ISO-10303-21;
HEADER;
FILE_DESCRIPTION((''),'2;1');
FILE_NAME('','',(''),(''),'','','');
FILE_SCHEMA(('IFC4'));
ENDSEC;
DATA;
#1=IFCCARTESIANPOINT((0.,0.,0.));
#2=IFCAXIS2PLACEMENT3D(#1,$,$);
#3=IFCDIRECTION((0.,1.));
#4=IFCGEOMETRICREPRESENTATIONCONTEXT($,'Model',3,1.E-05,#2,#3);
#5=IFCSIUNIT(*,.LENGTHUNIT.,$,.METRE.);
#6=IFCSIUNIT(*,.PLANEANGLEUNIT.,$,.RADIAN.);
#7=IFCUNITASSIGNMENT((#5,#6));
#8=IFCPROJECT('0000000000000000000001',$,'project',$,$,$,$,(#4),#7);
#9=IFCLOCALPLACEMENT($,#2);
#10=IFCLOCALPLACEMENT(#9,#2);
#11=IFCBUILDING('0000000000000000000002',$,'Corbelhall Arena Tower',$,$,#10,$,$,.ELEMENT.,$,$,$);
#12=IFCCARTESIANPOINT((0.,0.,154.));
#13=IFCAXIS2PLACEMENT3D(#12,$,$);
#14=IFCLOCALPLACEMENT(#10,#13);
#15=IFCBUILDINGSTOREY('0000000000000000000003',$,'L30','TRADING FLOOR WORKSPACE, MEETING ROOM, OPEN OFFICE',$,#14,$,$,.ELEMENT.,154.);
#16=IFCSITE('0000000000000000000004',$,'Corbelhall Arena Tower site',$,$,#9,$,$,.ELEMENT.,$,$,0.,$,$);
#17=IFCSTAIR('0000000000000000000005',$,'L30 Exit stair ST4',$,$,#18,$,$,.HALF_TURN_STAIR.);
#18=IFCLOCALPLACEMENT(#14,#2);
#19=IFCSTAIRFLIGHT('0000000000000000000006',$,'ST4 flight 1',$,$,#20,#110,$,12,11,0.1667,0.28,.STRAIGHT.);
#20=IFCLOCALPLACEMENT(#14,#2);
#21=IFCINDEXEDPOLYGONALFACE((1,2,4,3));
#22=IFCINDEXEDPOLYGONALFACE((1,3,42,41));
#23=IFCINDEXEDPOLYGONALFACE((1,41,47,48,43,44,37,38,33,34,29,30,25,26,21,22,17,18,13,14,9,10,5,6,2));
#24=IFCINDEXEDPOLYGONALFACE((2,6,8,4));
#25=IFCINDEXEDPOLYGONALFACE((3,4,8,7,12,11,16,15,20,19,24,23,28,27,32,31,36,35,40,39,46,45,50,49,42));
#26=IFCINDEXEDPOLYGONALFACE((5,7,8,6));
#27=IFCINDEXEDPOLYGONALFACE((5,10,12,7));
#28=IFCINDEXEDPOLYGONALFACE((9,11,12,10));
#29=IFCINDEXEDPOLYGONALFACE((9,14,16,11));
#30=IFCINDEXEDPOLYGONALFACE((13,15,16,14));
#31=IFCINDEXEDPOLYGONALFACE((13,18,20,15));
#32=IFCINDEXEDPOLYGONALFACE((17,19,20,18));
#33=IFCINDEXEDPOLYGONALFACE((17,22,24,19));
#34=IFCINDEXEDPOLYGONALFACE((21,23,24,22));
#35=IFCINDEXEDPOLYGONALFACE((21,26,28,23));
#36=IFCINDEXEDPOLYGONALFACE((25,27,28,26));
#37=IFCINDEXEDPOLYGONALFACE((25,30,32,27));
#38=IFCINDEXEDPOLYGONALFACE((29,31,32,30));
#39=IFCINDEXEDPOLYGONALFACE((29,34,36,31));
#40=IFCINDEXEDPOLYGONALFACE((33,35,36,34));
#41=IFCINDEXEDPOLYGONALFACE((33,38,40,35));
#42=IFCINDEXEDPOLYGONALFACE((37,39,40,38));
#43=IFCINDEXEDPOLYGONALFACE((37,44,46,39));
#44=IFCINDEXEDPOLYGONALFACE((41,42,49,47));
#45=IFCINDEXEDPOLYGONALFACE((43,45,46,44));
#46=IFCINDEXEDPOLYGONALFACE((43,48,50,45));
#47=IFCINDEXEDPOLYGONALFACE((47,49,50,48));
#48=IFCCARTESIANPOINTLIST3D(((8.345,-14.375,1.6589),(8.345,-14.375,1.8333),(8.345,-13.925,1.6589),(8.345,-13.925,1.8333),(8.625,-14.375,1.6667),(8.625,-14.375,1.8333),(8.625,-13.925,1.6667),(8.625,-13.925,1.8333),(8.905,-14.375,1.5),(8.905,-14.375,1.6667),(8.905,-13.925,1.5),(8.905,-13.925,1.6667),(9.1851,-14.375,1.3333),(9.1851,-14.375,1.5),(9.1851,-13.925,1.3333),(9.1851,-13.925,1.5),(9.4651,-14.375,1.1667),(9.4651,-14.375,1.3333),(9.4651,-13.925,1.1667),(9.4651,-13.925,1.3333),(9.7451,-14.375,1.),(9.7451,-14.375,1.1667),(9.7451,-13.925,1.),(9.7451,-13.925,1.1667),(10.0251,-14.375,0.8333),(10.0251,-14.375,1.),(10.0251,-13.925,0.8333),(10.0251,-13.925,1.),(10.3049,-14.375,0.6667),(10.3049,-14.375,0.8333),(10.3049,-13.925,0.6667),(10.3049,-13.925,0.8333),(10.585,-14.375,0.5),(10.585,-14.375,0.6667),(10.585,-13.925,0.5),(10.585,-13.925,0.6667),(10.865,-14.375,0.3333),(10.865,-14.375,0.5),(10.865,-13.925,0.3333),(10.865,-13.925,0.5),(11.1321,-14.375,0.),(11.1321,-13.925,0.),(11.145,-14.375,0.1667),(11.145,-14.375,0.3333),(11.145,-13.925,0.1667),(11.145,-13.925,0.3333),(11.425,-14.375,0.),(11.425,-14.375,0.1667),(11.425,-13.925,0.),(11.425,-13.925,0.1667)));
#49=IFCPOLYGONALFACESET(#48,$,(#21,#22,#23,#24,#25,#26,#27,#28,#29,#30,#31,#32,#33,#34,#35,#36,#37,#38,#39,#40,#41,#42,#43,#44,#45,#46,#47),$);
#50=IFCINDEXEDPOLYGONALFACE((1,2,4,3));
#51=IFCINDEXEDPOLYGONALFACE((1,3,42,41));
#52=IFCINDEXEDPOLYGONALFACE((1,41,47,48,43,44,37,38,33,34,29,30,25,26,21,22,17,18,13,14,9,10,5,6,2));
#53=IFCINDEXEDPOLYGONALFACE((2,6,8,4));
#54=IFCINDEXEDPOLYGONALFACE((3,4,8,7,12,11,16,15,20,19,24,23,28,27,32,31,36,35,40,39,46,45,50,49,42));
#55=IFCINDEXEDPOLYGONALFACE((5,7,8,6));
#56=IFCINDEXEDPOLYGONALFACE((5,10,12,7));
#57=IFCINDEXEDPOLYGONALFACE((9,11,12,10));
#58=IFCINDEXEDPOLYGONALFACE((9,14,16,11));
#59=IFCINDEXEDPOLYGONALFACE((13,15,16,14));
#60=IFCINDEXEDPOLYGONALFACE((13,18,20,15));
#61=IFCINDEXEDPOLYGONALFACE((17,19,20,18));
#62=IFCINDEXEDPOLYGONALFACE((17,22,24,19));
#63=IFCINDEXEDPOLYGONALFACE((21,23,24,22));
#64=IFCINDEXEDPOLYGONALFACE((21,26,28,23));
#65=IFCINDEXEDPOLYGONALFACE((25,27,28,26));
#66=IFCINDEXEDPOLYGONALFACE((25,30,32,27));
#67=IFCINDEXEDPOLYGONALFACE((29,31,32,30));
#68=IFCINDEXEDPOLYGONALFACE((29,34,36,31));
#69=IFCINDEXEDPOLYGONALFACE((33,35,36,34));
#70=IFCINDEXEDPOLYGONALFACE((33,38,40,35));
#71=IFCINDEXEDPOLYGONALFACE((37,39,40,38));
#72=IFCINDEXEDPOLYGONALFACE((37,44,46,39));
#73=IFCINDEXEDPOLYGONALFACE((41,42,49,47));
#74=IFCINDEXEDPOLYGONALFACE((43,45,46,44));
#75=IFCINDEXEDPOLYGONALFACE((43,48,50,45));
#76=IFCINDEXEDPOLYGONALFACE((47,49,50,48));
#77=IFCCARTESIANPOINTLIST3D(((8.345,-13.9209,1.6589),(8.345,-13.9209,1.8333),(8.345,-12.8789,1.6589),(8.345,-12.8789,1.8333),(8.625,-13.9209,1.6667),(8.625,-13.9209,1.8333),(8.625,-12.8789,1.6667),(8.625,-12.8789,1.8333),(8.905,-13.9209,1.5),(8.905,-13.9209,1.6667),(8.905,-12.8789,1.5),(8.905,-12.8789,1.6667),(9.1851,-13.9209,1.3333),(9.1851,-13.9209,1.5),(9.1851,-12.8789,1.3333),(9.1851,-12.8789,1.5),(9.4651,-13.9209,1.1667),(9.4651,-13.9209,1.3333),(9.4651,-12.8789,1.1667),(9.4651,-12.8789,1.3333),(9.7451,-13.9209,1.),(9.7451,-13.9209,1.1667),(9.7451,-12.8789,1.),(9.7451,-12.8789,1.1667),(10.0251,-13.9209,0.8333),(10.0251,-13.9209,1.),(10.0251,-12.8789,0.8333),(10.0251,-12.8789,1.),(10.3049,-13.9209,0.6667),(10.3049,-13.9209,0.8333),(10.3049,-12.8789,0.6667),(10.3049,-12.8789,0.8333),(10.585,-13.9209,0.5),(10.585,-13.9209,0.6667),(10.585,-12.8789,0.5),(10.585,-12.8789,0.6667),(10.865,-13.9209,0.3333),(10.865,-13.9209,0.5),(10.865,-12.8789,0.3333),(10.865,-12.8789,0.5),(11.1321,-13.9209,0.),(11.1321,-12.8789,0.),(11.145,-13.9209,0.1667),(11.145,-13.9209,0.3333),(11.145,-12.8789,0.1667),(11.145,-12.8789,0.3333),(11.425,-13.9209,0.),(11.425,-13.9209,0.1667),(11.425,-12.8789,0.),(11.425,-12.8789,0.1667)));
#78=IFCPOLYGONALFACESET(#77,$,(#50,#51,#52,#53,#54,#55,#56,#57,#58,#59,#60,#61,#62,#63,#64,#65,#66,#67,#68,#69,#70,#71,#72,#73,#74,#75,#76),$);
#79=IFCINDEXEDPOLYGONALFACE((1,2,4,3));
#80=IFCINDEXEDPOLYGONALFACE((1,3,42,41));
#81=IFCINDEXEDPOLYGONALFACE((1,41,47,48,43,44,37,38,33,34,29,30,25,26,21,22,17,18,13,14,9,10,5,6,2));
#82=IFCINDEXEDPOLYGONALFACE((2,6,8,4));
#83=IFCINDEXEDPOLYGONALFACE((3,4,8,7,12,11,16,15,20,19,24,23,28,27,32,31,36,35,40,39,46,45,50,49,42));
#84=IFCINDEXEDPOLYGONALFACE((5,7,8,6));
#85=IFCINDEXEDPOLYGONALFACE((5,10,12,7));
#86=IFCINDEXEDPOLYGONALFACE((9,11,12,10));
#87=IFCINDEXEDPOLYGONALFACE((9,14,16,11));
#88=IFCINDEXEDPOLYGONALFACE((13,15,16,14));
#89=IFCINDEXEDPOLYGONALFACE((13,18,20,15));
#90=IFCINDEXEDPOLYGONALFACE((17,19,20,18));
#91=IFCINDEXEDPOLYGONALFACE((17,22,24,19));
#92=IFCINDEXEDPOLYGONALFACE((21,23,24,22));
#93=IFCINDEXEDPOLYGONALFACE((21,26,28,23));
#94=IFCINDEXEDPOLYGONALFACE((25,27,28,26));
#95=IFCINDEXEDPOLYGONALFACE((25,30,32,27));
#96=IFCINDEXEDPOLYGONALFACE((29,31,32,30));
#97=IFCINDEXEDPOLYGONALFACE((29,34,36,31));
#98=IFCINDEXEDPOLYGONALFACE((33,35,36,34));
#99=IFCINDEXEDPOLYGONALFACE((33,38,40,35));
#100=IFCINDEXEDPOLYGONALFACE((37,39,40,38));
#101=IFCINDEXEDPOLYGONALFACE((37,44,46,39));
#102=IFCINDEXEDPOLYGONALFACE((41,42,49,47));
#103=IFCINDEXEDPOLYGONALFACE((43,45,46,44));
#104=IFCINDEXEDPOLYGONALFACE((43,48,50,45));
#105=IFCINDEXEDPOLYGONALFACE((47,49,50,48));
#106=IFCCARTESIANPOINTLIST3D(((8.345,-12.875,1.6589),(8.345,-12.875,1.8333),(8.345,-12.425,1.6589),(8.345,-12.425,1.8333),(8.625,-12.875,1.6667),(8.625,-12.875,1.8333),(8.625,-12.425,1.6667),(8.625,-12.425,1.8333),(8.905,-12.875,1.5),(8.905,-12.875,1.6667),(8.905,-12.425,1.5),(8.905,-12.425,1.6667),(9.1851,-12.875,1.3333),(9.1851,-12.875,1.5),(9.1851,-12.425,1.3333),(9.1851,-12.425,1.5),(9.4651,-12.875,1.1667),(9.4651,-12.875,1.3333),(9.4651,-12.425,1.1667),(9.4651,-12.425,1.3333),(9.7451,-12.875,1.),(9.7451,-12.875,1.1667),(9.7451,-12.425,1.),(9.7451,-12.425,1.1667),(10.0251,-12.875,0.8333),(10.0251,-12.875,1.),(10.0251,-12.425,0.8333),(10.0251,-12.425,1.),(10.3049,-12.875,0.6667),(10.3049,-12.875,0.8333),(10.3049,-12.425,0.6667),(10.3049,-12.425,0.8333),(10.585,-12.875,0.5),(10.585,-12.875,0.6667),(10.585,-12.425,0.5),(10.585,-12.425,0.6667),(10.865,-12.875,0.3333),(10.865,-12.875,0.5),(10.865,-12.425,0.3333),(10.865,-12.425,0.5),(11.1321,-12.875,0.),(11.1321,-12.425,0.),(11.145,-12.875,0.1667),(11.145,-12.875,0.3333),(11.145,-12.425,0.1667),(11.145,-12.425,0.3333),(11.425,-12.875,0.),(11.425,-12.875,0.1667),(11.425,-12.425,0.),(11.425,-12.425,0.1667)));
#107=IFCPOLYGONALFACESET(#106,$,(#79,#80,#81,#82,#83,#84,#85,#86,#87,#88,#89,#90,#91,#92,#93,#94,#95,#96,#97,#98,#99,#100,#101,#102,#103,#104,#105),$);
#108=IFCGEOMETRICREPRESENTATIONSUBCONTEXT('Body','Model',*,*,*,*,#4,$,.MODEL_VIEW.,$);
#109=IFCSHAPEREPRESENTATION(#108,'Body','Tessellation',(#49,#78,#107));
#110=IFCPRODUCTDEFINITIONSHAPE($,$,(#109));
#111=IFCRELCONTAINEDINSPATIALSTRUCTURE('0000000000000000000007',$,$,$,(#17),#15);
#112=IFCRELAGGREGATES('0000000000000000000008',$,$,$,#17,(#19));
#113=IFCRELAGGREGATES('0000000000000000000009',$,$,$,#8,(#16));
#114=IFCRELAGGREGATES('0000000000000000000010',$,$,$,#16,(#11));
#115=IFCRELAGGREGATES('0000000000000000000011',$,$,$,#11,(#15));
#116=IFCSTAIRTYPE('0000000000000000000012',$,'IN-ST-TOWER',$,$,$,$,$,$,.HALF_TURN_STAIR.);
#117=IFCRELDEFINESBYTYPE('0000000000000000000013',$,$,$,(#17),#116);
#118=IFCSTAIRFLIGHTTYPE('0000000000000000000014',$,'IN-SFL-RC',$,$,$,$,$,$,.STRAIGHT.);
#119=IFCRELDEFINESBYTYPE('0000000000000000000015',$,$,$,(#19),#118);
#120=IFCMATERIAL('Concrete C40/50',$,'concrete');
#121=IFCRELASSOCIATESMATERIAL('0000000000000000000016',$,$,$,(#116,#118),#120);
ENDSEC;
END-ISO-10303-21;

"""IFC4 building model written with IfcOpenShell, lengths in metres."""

from ifc_helpers import new_model, si_unit, direction, frame, origin, place, context, subcontext, project, spatial, polyline, outline, extrude, material, type_object, element, aggregate, save


model = new_model("IFC4")

# Units and contexts
model_context = context("Model", 3, precision=1e-05, world=origin(), true_north=direction((0.0, 1.0)))
body_context = subcontext(model_context, "Body", "Model", "MODEL_VIEW")
ifc_project = project(units=[si_unit("LENGTHUNIT", "METRE"), si_unit("PLANEANGLEUNIT", "RADIAN")], contexts=[model_context])

# Site, building, storey
site_placement = place(None, origin())
site = spatial("IfcSite", under=ifc_project, at=site_placement, Name="Corbelhall Arena Tower site", CompositionType="ELEMENT", RefElevation=0.0)
building_placement = place(site_placement, origin())
building = spatial("IfcBuilding", under=site, at=building_placement, Name="Corbelhall Arena Tower", CompositionType="ELEMENT")
storey_placement = place(building_placement, frame((0.0, 0.0, 154.0)))
storey = spatial("IfcBuildingStorey", under=building, at=storey_placement, Name="L30", Description="TRADING FLOOR WORKSPACE, MEETING ROOM, OPEN OFFICE", CompositionType="ELEMENT", Elevation=154.0)

# Shared definitions
ifc_material_1 = material(Name="Concrete C40/50", Category="concrete")

# Stair, stair flight
stair_type = type_object("IfcStairType", Name="IN-ST-TOWER", PredefinedType="HALF_TURN_STAIR", material=ifc_material_1)
stair_placement = place(storey_placement, origin())
stair = element("IfcStair", 1, at=stair_placement, inside=storey, type_object=stair_type, Name="L30 Exit stair ST4", PredefinedType="HALF_TURN_STAIR")
stair_flight_type = type_object("IfcStairFlightType", Name="IN-SFL-RC", PredefinedType="STRAIGHT", material=ifc_material_1)
stair_flight_placement = place(storey_placement, frame((11.425, -13.3999, 0.0), z_axis=(0.0, 0.0, 1.0), x_axis=(-1.0, 0.0, 0.0)))
stair_flight = element("IfcStairFlight", 2, at=stair_flight_placement, type_object=stair_flight_type, Name="ST4 flight 1", NumberOfRisers=12, NumberOfTreads=11, PredefinedType="STRAIGHT", RiserHeight=0.1667, TreadLength=0.28, context=body_context, shape_type="SweptSolid", body=[
    extrude(outline(polyline([(0.0, 0.0), (0.0, 0.1667), (0.28, 0.1667), (0.28, 0.3333), (0.5601, 0.3333), (0.5601, 0.5), (0.8401, 0.5), (0.8401, 0.6667), (1.1201, 0.6667), (1.1201, 0.8333), (1.3999, 0.8333), (1.3999, 1.0), (1.6799, 1.0), (1.6799, 1.1667), (1.96, 1.1667), (1.96, 1.3333), (2.24, 1.3333), (2.24, 1.5), (2.52, 1.5), (2.52, 1.6667), (2.8, 1.6667), (2.8, 1.8333), (3.0801, 1.8333), (3.0801, 2.0), (3.0801, 1.6589), (0.293, 0.0), (0.0, 0.0)])), frame((0.0, 0.9751, 0.0), z_axis=(0.0, -1.0, 0.0), x_axis=(1.0, 0.0, 0.0)), (0.0, 0.0, 1.0), 0.45),
    extrude(outline(polyline([(0.0, 0.0), (0.0, 0.1667), (0.28, 0.1667), (0.28, 0.3333), (0.5601, 0.3333), (0.5601, 0.5), (0.8401, 0.5), (0.8401, 0.6667), (1.1201, 0.6667), (1.1201, 0.8333), (1.3999, 0.8333), (1.3999, 1.0), (1.6799, 1.0), (1.6799, 1.1667), (1.96, 1.1667), (1.96, 1.3333), (2.24, 1.3333), (2.24, 1.5), (2.52, 1.5), (2.52, 1.6667), (2.8, 1.6667), (2.8, 1.8333), (3.0801, 1.8333), (3.0801, 2.0), (3.0801, 1.6589), (0.293, 0.0), (0.0, 0.0)])), frame((0.0, 0.521, 0.0), z_axis=(0.0, -1.0, 0.0), x_axis=(1.0, 0.0, 0.0)), (0.0, 0.0, 1.0), 1.042),
    extrude(outline(polyline([(0.0, 0.0), (0.0, 0.1667), (0.28, 0.1667), (0.28, 0.3333), (0.5601, 0.3333), (0.5601, 0.5), (0.8401, 0.5), (0.8401, 0.6667), (1.1201, 0.6667), (1.1201, 0.8333), (1.3999, 0.8333), (1.3999, 1.0), (1.6799, 1.0), (1.6799, 1.1667), (1.96, 1.1667), (1.96, 1.3333), (2.24, 1.3333), (2.24, 1.5), (2.52, 1.5), (2.52, 1.6667), (2.8, 1.6667), (2.8, 1.8333), (3.0801, 1.8333), (3.0801, 2.0), (3.0801, 1.6589), (0.293, 0.0), (0.0, 0.0)])), frame((0.0, -0.5249, 0.0), z_axis=(0.0, -1.0, 0.0), x_axis=(1.0, 0.0, 0.0)), (0.0, 0.0, 1.0), 0.45),
])
aggregate(stair, [stair_flight])

save(model, "model.ifc")
